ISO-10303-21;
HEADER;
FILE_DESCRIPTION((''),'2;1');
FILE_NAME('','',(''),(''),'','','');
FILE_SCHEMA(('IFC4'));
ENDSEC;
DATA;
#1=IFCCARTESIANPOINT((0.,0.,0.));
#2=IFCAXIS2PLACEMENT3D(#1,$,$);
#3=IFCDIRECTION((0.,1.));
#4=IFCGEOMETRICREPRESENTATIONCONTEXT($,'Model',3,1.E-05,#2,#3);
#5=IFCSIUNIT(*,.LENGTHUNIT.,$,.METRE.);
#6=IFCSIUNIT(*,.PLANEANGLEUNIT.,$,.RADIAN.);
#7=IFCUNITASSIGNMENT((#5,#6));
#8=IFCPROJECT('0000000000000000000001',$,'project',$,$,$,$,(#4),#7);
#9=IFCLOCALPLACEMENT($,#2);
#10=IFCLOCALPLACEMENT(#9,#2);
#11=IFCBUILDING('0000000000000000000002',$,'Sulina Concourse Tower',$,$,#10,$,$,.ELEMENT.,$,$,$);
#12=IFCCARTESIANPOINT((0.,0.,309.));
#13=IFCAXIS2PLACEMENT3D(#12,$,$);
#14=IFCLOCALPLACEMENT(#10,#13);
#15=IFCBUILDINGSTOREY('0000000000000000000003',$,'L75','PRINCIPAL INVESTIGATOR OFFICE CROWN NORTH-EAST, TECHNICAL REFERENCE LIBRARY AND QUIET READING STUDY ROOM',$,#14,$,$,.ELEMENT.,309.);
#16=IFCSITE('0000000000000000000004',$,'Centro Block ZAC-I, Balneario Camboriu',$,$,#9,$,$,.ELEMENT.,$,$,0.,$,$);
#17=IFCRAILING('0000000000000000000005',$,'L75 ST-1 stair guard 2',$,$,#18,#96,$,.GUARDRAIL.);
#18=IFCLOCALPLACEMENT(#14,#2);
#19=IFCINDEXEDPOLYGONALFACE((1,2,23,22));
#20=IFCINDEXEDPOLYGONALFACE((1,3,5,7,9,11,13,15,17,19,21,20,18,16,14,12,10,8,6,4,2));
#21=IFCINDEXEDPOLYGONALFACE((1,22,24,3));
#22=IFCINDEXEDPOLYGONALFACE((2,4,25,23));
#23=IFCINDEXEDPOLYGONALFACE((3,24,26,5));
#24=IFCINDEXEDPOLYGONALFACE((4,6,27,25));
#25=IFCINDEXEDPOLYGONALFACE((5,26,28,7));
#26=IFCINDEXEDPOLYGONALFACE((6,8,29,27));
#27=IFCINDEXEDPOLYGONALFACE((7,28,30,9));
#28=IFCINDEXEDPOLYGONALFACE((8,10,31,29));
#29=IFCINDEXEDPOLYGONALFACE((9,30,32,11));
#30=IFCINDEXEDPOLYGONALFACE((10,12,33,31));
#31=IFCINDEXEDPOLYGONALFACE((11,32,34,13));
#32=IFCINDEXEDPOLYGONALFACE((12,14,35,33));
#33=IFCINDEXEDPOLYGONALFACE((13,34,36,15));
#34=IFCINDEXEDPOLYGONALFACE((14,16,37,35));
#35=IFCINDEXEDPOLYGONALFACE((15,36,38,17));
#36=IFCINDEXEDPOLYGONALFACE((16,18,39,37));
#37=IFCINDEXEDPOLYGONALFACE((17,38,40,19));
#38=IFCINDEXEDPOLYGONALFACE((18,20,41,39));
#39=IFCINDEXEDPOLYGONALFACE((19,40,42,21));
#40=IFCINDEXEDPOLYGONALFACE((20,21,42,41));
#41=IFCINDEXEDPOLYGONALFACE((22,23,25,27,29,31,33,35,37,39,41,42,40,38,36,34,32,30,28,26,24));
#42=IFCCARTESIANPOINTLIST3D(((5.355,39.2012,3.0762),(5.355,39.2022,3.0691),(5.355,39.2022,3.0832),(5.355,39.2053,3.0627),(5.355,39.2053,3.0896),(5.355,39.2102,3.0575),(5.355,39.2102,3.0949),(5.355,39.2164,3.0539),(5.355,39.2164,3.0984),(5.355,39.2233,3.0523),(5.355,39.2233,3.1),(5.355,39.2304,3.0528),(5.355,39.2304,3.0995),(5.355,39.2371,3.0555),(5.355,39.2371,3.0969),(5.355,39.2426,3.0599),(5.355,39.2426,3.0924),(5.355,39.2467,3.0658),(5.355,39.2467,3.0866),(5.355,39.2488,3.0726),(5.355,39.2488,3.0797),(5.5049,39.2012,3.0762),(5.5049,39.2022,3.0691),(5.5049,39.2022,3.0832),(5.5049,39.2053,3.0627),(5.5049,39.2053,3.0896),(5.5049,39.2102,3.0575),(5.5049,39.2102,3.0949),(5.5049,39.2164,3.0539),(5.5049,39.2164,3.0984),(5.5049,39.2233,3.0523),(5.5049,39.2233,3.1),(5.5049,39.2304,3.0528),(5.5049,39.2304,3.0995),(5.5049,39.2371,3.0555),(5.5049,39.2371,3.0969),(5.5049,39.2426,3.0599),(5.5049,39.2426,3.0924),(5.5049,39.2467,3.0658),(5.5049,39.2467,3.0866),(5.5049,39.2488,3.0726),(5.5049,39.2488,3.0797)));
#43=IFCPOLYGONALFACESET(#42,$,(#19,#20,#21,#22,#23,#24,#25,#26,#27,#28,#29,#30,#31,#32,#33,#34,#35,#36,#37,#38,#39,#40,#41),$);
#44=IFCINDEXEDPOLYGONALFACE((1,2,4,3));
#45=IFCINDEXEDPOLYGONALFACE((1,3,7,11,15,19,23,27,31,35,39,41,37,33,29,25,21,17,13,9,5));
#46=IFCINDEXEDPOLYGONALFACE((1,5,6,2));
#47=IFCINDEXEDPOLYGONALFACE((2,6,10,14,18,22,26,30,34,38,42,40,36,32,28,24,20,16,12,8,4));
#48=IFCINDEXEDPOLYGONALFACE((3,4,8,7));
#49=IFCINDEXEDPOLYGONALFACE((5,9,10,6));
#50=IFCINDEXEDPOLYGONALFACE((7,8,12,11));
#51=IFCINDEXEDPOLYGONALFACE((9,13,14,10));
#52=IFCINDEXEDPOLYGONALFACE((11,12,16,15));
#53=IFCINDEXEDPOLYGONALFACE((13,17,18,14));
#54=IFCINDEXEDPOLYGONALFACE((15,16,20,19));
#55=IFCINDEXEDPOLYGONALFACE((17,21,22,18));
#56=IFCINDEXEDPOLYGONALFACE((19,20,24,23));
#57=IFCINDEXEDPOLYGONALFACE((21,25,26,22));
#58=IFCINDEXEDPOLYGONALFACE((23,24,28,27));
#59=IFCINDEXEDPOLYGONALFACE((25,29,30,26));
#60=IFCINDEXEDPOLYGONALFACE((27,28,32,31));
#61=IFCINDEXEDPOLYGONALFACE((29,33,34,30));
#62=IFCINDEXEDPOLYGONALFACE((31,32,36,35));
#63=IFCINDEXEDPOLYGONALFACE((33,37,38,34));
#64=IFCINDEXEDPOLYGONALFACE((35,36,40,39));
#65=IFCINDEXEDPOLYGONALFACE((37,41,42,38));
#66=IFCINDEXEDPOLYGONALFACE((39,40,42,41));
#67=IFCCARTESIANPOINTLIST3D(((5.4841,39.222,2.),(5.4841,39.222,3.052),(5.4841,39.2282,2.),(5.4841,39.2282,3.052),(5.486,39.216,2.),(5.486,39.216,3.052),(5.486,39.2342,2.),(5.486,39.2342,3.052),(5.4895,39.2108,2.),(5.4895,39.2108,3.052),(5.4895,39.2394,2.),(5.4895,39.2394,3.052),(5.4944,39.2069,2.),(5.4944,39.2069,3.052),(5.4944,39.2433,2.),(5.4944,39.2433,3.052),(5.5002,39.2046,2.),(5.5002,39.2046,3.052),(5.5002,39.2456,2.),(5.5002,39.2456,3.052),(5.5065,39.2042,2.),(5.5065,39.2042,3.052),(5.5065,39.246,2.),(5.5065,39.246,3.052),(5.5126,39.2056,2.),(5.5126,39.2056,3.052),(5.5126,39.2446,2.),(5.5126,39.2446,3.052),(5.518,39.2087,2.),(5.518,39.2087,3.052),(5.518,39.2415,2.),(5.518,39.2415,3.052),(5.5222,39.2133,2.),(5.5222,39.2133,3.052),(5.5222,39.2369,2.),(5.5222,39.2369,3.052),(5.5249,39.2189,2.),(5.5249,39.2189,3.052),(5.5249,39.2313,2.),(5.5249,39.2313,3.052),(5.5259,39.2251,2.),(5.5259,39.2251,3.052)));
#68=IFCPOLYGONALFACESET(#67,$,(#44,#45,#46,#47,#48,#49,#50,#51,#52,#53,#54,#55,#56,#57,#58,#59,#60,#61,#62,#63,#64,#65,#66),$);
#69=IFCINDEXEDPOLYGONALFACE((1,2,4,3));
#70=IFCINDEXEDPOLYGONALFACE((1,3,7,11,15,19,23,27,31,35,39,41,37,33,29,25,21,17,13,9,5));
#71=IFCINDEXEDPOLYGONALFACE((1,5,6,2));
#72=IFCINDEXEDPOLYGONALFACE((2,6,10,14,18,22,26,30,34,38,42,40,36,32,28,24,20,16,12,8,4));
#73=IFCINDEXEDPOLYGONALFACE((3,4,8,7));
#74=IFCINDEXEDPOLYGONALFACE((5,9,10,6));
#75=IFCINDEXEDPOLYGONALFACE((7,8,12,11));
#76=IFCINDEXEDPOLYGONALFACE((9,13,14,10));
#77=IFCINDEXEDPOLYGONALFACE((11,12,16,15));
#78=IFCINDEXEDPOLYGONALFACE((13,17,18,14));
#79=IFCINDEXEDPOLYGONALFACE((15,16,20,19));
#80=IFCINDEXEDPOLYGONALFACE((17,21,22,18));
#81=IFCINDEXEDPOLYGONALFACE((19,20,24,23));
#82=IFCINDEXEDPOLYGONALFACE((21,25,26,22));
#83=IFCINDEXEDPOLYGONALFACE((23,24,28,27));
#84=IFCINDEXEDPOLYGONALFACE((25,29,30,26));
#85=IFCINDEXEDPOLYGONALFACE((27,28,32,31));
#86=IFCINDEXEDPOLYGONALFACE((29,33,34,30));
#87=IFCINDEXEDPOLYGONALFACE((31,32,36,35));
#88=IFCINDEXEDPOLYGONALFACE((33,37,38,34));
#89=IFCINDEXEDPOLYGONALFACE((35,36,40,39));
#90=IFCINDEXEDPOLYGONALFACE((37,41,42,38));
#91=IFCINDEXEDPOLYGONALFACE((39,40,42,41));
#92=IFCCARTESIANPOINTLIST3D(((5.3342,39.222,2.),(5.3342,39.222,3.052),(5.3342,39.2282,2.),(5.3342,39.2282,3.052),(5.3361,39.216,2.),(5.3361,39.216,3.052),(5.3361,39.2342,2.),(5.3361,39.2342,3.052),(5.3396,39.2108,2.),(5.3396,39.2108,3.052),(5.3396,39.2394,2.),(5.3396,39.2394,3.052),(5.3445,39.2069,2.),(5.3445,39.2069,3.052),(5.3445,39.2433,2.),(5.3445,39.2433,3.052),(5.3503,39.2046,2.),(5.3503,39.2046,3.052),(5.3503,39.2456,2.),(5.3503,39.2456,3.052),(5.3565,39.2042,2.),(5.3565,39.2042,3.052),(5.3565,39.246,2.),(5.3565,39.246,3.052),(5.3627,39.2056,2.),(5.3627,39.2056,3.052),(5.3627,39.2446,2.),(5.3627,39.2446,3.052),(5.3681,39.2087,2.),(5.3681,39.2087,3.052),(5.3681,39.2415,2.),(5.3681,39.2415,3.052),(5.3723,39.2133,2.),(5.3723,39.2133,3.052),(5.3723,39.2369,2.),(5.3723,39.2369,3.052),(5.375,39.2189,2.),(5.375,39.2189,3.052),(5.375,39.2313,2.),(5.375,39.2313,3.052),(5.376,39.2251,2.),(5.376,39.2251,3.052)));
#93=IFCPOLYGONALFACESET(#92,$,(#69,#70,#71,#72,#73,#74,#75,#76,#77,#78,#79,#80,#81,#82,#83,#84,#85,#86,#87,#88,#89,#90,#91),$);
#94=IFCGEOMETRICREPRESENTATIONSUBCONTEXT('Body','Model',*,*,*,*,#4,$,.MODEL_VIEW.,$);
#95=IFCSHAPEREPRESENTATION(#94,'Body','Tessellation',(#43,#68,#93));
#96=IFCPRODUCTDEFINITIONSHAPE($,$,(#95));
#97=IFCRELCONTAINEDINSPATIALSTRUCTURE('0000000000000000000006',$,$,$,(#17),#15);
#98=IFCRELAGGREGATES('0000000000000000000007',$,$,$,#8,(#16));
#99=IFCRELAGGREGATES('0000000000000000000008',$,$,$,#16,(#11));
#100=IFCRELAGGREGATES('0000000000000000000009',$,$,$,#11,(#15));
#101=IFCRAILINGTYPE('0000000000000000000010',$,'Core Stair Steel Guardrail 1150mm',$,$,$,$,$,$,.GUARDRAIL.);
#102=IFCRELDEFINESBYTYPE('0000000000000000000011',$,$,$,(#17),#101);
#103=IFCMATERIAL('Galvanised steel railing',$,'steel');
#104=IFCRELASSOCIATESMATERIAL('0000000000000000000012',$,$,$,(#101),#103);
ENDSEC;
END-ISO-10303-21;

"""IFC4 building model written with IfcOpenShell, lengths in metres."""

from ifc_helpers import new_model, si_unit, direction, frame, origin, origin_2d, place, context, subcontext, project, spatial, circle, extrude, material, type_object, element, save


model = new_model("IFC4")

# Units and contexts
model_context = context("Model", 3, precision=1e-05, world=origin(), true_north=direction((0.0, 1.0)))
body_context = subcontext(model_context, "Body", "Model", "MODEL_VIEW")
ifc_project = project(units=[si_unit("LENGTHUNIT", "METRE"), si_unit("PLANEANGLEUNIT", "RADIAN")], contexts=[model_context])

# Site, building, storey
site_placement = place(None, origin())
site = spatial("IfcSite", under=ifc_project, at=site_placement, Name="Centro Block ZAC-I, Balneario Camboriu", CompositionType="ELEMENT", RefElevation=0.0)
building_placement = place(site_placement, origin())
building = spatial("IfcBuilding", under=site, at=building_placement, Name="Sulina Concourse Tower", CompositionType="ELEMENT")
storey_placement = place(building_placement, frame((0.0, 0.0, 309.0)))
storey = spatial("IfcBuildingStorey", under=building, at=storey_placement, Name="L75", Description="PRINCIPAL INVESTIGATOR OFFICE CROWN NORTH-EAST, TECHNICAL REFERENCE LIBRARY AND QUIET READING STUDY ROOM", CompositionType="ELEMENT", Elevation=309.0)

# Railing
ifc_material_1 = material(Name="Galvanised steel railing", Category="steel")
railing_type_1 = type_object("IfcRailingType", Name="Core Stair Steel Guardrail 1150mm", PredefinedType="GUARDRAIL", material=ifc_material_1)
railing_1_placement = place(storey_placement, frame((5.5049, 39.2251, 2.0)))
element("IfcRailing", 1, at=railing_1_placement, inside=storey, type_object=railing_type_1, Name="L75 ST-1 stair guard 2", PredefinedType="GUARDRAIL", context=body_context, shape_type="SweptSolid", body=[
    extrude(circle(Radius=0.0239, at=origin_2d()), frame((0.0, 0.0, 1.0762), z_axis=(-1.0, 0.0, 0.0), x_axis=(0.0, -1.0, 0.0)), (0.0, 0.0, 1.0), 0.1499),
    extrude(circle(Radius=0.021, at=origin_2d()), origin(), (0.0, 0.0, 1.0), 1.052),
    extrude(circle(Radius=0.021, at=origin_2d()), frame((-0.1499, 0.0, 0.0)), (0.0, 0.0, 1.0), 1.052),
])

save(model, "model.ifc")
